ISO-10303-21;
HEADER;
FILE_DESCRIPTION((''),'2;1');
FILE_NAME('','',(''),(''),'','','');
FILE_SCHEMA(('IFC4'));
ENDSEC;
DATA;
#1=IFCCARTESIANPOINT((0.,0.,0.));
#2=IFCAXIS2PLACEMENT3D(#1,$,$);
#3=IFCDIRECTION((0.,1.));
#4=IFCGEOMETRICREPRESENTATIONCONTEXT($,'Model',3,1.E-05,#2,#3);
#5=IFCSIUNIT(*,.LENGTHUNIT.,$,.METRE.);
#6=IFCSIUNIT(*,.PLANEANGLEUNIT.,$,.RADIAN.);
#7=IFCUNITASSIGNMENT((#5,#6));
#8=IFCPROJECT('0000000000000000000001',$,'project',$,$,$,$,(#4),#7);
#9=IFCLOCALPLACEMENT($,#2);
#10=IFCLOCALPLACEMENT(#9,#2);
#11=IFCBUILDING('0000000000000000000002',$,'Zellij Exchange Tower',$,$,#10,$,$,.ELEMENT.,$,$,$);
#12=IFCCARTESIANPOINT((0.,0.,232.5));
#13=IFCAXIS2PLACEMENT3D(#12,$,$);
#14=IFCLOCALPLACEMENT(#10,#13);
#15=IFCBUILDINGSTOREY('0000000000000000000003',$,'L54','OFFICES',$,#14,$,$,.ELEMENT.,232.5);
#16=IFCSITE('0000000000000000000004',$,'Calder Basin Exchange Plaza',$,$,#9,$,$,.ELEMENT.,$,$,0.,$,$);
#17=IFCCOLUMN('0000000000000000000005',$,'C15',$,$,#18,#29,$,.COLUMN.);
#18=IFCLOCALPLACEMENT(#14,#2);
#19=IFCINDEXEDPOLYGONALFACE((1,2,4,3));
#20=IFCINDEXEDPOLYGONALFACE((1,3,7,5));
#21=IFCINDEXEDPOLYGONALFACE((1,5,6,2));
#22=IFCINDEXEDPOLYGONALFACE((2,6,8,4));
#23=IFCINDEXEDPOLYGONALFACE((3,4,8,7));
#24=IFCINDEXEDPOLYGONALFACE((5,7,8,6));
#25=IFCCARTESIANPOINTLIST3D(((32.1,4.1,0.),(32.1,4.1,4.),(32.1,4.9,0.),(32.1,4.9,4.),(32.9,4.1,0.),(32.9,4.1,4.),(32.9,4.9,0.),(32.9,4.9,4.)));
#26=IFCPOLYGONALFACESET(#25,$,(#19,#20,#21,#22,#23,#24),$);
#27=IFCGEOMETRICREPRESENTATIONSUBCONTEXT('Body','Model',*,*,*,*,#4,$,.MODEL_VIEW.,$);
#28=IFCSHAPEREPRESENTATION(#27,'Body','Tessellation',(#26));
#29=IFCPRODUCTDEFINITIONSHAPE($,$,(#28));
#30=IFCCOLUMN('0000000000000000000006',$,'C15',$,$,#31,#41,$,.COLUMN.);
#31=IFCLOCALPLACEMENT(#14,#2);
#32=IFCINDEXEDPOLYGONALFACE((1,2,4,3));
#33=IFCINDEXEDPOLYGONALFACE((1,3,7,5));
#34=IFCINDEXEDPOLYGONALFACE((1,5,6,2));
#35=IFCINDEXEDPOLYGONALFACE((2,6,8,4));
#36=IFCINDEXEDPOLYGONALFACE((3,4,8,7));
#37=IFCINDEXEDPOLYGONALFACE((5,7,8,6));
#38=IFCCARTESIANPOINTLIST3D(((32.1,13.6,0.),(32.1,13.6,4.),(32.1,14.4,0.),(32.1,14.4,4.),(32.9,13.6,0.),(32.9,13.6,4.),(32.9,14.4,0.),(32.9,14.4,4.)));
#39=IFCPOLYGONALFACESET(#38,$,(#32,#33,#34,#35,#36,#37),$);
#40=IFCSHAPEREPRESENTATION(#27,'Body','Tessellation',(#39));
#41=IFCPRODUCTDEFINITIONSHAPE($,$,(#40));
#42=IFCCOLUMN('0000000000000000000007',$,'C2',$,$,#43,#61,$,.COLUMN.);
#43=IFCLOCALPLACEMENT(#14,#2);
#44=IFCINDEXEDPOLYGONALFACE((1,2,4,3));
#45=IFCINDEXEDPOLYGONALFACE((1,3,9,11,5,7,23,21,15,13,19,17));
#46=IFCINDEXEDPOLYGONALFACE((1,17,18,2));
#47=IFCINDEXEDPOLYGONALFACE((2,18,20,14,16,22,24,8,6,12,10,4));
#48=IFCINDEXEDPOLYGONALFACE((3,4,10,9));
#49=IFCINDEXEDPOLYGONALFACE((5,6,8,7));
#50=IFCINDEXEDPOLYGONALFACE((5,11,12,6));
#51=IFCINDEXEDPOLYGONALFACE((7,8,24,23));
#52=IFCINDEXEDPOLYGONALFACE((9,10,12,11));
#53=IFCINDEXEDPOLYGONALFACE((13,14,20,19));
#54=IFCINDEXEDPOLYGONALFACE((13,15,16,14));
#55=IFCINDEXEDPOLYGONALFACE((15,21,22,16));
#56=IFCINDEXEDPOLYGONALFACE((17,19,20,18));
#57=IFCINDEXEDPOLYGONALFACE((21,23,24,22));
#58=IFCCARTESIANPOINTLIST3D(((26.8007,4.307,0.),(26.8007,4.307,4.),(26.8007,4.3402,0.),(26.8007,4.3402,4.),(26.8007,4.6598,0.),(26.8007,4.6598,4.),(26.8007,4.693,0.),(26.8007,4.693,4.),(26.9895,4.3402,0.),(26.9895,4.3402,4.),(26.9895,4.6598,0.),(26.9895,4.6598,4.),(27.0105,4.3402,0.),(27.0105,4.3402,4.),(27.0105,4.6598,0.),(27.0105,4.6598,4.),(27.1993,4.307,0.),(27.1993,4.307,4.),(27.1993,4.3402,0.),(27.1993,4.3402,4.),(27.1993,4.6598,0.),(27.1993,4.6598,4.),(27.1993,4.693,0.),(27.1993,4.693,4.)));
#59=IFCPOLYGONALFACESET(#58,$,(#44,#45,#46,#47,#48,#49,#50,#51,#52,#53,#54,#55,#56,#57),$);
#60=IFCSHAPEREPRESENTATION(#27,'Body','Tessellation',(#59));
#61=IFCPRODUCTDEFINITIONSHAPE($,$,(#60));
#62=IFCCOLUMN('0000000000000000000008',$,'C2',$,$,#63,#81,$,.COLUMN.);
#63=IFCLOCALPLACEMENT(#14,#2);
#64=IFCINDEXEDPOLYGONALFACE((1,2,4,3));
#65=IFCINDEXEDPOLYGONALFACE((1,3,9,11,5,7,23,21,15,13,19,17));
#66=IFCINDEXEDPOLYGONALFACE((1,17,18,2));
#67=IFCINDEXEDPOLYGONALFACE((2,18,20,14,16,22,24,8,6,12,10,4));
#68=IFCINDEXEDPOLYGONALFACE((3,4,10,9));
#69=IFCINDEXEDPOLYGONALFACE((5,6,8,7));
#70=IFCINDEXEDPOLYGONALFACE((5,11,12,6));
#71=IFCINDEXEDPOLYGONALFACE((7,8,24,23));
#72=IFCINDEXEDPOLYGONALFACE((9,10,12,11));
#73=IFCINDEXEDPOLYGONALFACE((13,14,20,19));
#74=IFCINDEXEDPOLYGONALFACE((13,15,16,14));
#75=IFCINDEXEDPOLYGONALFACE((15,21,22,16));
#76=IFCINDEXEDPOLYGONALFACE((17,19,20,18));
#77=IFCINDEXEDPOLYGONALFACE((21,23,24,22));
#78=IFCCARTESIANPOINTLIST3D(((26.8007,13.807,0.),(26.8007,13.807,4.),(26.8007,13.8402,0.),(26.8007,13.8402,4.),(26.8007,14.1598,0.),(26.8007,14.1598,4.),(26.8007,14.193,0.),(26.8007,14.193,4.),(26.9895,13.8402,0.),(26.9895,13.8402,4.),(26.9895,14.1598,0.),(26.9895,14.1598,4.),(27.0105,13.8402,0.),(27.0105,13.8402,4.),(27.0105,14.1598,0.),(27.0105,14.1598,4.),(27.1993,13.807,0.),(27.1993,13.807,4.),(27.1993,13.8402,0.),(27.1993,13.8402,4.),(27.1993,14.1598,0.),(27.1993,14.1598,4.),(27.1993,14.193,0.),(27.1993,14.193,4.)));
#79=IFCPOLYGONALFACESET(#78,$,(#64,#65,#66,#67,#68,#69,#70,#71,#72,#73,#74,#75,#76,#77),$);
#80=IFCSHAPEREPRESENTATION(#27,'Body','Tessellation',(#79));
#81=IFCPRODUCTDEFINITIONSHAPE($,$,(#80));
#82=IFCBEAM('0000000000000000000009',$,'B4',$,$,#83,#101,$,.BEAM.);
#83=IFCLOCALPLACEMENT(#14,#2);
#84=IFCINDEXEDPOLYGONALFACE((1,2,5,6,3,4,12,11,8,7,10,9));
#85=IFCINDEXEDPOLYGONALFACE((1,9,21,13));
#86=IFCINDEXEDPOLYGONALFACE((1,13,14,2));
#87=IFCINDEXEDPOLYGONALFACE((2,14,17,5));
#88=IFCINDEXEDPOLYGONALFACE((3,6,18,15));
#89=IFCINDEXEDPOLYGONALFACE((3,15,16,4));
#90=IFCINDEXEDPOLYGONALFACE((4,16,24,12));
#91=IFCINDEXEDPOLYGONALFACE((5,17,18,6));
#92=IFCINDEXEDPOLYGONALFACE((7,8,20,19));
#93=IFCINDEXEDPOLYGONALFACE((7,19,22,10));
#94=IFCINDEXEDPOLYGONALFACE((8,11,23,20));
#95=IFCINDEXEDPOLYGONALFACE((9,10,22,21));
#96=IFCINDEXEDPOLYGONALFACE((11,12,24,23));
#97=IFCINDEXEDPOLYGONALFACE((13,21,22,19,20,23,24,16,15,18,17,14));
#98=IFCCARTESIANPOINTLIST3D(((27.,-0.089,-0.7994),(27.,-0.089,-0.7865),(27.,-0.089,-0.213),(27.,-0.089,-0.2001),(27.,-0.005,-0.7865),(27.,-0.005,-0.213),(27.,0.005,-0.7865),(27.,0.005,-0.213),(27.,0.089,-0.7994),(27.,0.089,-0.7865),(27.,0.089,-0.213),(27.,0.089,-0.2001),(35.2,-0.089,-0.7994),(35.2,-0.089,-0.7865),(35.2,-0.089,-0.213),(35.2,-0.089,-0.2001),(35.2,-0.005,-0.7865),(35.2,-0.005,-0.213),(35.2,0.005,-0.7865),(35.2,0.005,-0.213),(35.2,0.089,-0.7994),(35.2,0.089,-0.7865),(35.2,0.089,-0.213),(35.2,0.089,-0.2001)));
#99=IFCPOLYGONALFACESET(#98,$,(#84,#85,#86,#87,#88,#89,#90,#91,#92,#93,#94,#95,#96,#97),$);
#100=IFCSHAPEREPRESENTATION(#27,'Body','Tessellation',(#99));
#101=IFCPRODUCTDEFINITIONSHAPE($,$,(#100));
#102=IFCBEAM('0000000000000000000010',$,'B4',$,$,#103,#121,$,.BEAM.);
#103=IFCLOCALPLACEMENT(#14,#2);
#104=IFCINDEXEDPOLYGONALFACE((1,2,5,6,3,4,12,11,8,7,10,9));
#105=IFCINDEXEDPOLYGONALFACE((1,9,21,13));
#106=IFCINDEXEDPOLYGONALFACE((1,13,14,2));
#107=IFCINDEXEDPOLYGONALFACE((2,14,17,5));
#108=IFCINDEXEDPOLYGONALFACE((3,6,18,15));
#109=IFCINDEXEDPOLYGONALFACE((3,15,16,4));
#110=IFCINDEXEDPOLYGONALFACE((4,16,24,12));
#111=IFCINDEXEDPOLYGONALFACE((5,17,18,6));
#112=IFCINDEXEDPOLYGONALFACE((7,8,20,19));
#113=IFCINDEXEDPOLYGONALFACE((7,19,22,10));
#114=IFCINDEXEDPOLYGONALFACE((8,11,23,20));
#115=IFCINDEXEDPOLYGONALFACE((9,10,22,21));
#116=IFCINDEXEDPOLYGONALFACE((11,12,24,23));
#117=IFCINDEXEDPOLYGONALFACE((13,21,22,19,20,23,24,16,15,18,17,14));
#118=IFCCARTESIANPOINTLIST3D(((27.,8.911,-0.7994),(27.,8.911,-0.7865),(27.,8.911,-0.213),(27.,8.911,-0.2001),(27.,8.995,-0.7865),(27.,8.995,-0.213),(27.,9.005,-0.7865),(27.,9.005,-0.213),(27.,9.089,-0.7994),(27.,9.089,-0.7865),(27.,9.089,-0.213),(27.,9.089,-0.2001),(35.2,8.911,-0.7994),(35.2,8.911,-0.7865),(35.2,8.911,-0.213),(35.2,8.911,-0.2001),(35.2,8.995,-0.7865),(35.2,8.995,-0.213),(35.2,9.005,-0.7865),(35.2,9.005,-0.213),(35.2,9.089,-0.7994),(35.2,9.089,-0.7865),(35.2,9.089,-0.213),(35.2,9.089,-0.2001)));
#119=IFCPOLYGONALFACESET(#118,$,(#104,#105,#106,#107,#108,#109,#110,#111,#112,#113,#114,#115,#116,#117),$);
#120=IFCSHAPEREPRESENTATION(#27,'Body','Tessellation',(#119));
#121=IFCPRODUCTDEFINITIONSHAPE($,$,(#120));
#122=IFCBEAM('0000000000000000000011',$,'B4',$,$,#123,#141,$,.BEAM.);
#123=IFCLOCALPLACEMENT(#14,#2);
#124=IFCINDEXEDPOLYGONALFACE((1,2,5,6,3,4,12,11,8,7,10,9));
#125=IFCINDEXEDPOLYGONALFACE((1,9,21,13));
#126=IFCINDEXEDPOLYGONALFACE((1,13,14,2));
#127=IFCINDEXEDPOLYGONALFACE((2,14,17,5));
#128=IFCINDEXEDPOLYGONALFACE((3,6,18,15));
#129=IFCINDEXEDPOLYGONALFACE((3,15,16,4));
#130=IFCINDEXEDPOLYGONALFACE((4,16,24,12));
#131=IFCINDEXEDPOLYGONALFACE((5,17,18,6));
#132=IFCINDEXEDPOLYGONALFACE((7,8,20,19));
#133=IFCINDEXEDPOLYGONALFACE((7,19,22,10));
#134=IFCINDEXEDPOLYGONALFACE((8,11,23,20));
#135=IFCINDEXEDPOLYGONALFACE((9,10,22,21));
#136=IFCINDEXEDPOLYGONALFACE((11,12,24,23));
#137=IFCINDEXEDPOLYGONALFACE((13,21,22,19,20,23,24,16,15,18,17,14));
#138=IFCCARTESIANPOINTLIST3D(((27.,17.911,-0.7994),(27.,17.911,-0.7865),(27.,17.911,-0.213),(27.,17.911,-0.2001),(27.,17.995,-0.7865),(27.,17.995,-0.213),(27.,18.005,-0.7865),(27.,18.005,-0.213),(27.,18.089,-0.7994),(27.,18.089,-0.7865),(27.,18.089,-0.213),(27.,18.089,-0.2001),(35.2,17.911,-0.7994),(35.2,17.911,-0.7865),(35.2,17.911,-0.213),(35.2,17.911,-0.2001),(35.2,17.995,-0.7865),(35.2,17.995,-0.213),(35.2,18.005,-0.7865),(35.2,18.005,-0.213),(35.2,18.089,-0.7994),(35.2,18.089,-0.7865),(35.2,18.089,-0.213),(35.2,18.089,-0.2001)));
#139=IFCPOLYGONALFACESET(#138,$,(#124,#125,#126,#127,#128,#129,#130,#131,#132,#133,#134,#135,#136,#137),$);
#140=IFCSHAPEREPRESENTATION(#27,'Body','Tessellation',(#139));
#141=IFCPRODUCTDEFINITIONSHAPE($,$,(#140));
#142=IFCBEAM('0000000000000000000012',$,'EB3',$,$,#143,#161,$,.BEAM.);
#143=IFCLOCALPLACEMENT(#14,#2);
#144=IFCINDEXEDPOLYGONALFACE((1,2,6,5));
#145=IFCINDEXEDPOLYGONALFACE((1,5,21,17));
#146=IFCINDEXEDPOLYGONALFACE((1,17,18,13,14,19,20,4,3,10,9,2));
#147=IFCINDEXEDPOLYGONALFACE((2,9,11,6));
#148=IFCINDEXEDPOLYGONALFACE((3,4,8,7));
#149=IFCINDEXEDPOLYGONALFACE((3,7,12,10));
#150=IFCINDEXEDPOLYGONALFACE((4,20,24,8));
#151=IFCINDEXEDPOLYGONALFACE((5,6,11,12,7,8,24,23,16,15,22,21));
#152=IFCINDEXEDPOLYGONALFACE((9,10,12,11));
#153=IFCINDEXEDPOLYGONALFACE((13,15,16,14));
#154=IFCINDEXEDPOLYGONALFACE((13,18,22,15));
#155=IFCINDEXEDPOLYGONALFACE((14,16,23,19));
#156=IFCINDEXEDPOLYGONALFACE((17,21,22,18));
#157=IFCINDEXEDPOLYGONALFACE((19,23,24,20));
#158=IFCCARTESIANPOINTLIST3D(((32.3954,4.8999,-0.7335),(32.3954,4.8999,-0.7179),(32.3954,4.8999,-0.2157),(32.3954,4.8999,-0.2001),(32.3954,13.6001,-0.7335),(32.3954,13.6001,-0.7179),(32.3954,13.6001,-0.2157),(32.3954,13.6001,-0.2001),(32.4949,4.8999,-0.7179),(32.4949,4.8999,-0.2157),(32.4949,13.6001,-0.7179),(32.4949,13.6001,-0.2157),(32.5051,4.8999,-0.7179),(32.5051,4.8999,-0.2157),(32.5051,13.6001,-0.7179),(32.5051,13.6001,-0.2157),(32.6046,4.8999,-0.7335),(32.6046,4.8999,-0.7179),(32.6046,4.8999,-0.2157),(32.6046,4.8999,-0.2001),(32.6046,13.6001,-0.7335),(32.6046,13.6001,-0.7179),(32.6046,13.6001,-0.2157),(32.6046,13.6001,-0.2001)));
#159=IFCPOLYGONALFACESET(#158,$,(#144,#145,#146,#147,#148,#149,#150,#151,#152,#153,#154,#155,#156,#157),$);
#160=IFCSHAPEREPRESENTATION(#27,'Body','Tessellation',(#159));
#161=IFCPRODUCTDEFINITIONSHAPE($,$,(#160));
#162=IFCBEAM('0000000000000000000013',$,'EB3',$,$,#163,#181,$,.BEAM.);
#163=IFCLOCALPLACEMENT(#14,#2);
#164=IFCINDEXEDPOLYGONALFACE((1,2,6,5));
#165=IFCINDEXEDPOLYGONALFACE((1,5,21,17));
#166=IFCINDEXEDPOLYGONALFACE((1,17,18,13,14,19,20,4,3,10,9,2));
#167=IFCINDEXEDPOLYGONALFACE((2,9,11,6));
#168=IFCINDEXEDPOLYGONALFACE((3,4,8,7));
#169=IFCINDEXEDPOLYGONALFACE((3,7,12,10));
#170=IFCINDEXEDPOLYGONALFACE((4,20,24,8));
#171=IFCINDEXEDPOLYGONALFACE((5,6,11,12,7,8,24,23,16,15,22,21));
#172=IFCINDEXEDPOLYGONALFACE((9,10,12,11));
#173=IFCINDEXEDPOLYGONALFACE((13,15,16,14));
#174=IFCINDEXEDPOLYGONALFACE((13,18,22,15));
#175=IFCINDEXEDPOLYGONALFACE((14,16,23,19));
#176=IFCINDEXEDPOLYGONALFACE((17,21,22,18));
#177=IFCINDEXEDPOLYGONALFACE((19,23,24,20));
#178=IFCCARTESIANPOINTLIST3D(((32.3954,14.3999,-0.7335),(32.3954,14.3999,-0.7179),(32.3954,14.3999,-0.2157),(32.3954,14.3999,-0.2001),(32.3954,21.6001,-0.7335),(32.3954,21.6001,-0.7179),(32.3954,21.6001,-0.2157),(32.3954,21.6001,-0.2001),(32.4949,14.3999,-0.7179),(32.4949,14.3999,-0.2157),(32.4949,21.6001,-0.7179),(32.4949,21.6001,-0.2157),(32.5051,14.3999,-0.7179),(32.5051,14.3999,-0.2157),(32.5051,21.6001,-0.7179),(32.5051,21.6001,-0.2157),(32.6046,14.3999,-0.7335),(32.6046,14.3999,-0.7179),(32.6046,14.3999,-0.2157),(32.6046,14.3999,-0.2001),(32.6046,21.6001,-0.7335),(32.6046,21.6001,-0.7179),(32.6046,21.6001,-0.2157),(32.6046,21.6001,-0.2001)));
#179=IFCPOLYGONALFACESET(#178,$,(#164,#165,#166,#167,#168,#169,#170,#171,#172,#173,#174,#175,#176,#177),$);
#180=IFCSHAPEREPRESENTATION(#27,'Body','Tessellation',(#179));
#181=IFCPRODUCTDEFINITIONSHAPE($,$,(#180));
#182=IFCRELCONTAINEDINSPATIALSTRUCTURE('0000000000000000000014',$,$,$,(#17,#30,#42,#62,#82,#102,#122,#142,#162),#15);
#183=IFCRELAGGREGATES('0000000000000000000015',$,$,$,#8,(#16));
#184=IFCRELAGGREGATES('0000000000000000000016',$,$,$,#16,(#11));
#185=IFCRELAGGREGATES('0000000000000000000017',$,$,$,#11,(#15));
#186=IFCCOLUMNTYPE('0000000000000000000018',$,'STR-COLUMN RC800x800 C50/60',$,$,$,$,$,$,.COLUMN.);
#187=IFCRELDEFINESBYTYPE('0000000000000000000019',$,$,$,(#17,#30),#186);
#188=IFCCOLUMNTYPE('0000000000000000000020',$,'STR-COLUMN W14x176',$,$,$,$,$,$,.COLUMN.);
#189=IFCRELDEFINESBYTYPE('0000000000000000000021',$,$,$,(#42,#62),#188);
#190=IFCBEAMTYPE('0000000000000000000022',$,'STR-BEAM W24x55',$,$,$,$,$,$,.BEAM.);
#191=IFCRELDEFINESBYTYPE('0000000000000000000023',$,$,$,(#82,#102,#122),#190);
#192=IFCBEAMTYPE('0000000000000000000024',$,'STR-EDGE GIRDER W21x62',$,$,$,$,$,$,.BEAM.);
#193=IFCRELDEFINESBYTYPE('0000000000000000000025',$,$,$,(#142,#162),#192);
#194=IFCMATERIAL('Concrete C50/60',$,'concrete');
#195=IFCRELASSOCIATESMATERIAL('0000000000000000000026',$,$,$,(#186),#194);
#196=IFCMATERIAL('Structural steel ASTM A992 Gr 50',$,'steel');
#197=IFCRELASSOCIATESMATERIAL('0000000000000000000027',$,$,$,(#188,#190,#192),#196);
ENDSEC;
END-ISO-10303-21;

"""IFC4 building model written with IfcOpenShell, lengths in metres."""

from ifc_helpers import new_model, si_unit, direction, frame, origin, origin_2d, place, context, subcontext, project, spatial, rectangle, i_section, extrude, material, material_profile, profile_set, type_object, element, save


model = new_model("IFC4")

# Units and contexts
model_context = context("Model", 3, precision=1e-05, world=origin(), true_north=direction((0.0, 1.0)))
body_context = subcontext(model_context, "Body", "Model", "MODEL_VIEW")
ifc_project = project(units=[si_unit("LENGTHUNIT", "METRE"), si_unit("PLANEANGLEUNIT", "RADIAN")], contexts=[model_context])

# Site, building, storey
site_placement = place(None, origin())
site = spatial("IfcSite", under=ifc_project, at=site_placement, Name="Calder Basin Exchange Plaza", CompositionType="ELEMENT", RefElevation=0.0)
building_placement = place(site_placement, origin())
building = spatial("IfcBuilding", under=site, at=building_placement, Name="Zellij Exchange Tower", CompositionType="ELEMENT")
storey_placement = place(building_placement, frame((0.0, 0.0, 232.5)))
storey = spatial("IfcBuildingStorey", under=building, at=storey_placement, Name="L54", Description="OFFICES", CompositionType="ELEMENT", Elevation=232.5)

# Columns
ifc_material_1 = material(Name="Concrete C50/60", Category="concrete")
ifc_material_profile_1 = material_profile(ifc_material_1, rectangle(XDim=0.8, YDim=0.8, at=origin_2d()), Name="STR-COLUMN RC800x800 C50/60")
ifc_profile_set_1 = profile_set([ifc_material_profile_1], Name="Concrete C50/60")
column_type_1 = type_object("IfcColumnType", Name="STR-COLUMN RC800x800 C50/60", PredefinedType="COLUMN", material=ifc_profile_set_1)
for number, where, z_axis, x_axis, name in (
    (1, (32.5, 4.5, 0.0), (0.0, 0.0, 1.0), (1.0, 0.0, 0.0), "C15"),
    (2, (32.5, 14.0, 0.0), (0.0, 0.0, 1.0), (1.0, 0.0, 0.0), "C15"),
):
    element("IfcColumn", number, at=place(storey_placement, frame(where, z_axis=z_axis, x_axis=x_axis)), inside=storey, type_object=column_type_1, Name=name, PredefinedType="COLUMN", context=body_context, shape_type="SweptSolid", body=[
        extrude(rectangle(XDim=0.8, YDim=0.8, at=origin_2d()), origin(), (0.0, 0.0, 1.0), 4.0),
    ])
ifc_material_2 = material(Name="Structural steel ASTM A992 Gr 50", Category="steel")
ifc_material_profile_2 = material_profile(ifc_material_2, i_section(OverallWidth=0.3987, OverallDepth=0.386, WebThickness=0.021, FlangeThickness=0.0332, at=origin_2d()), Name="W14x176")
ifc_profile_set_2 = profile_set([ifc_material_profile_2], Name="Structural steel ASTM A992 Gr 50")
column_type_2 = type_object("IfcColumnType", Name="STR-COLUMN W14x176", PredefinedType="COLUMN", material=ifc_profile_set_2)
for number, where, z_axis, x_axis, name in (
    (3, (27.0, 4.5, 0.0), (0.0, 0.0, 1.0), (1.0, 0.0, 0.0), "C2"),
    (4, (27.0, 14.0, 0.0), (0.0, 0.0, 1.0), (1.0, 0.0, 0.0), "C2"),
):
    element("IfcColumn", number, at=place(storey_placement, frame(where, z_axis=z_axis, x_axis=x_axis)), inside=storey, type_object=column_type_2, Name=name, PredefinedType="COLUMN", context=body_context, shape_type="SweptSolid", body=[
        extrude(i_section(OverallWidth=0.3987, OverallDepth=0.386, WebThickness=0.021, FlangeThickness=0.0332, at=origin_2d()), origin(), (0.0, 0.0, 1.0), 4.0),
    ])

# Beams
ifc_material_profile_3 = material_profile(ifc_material_2, i_section(OverallWidth=0.178, OverallDepth=0.5994, WebThickness=0.01, FlangeThickness=0.0129, at=origin_2d()), Name="W24x55")
ifc_profile_set_3 = profile_set([ifc_material_profile_3], Name="Structural steel ASTM A992 Gr 50")
beam_type_1 = type_object("IfcBeamType", Name="STR-BEAM W24x55", PredefinedType="BEAM", material=ifc_profile_set_3)
for number, where, z_axis, x_axis, name in (
    (5, (27.0, 0.0, -0.4998), (1.0, 0.0, 0.0), (0.0, 1.0, 0.0), "B4"),
    (6, (27.0, 9.0, -0.4998), (1.0, 0.0, 0.0), (0.0, 1.0, 0.0), "B4"),
    (7, (27.0, 18.0, -0.4998), (1.0, 0.0, 0.0), (0.0, 1.0, 0.0), "B4"),
):
    element("IfcBeam", number, at=place(storey_placement, frame(where, z_axis=z_axis, x_axis=x_axis)), inside=storey, type_object=beam_type_1, Name=name, PredefinedType="BEAM", context=body_context, shape_type="SweptSolid", body=[
        extrude(i_section(OverallWidth=0.178, OverallDepth=0.5994, WebThickness=0.01, FlangeThickness=0.0129, at=origin_2d()), origin(), (0.0, 0.0, 1.0), 8.2),
    ])
ifc_material_profile_4 = material_profile(ifc_material_2, i_section(OverallWidth=0.2092, OverallDepth=0.5334, WebThickness=0.0103, FlangeThickness=0.0156, at=origin_2d()), Name="W21x62")
ifc_profile_set_4 = profile_set([ifc_material_profile_4], Name="Structural steel ASTM A992 Gr 50")
beam_type_2 = type_object("IfcBeamType", Name="STR-EDGE GIRDER W21x62", PredefinedType="BEAM", material=ifc_profile_set_4)
beam_1_placement = place(storey_placement, frame((32.5, 4.8999, -0.4668), z_axis=(0.0, 1.0, 0.0), x_axis=(-1.0, 0.0, 0.0)))
element("IfcBeam", 8, at=beam_1_placement, inside=storey, type_object=beam_type_2, Name="EB3", PredefinedType="BEAM", context=body_context, shape_type="SweptSolid", body=[
    extrude(i_section(OverallWidth=0.2092, OverallDepth=0.5334, WebThickness=0.0103, FlangeThickness=0.0156, at=origin_2d()), origin(), (0.0, 0.0, 1.0), 8.7002),
])
beam_2_placement = place(storey_placement, frame((32.5, 14.3999, -0.4668), z_axis=(0.0, 1.0, 0.0), x_axis=(-1.0, 0.0, 0.0)))
element("IfcBeam", 9, at=beam_2_placement, inside=storey, type_object=beam_type_2, Name="EB3", PredefinedType="BEAM", context=body_context, shape_type="SweptSolid", body=[
    extrude(i_section(OverallWidth=0.2092, OverallDepth=0.5334, WebThickness=0.0103, FlangeThickness=0.0156, at=origin_2d()), origin(), (0.0, 0.0, 1.0), 7.2002),
])

save(model, "model.ifc")
